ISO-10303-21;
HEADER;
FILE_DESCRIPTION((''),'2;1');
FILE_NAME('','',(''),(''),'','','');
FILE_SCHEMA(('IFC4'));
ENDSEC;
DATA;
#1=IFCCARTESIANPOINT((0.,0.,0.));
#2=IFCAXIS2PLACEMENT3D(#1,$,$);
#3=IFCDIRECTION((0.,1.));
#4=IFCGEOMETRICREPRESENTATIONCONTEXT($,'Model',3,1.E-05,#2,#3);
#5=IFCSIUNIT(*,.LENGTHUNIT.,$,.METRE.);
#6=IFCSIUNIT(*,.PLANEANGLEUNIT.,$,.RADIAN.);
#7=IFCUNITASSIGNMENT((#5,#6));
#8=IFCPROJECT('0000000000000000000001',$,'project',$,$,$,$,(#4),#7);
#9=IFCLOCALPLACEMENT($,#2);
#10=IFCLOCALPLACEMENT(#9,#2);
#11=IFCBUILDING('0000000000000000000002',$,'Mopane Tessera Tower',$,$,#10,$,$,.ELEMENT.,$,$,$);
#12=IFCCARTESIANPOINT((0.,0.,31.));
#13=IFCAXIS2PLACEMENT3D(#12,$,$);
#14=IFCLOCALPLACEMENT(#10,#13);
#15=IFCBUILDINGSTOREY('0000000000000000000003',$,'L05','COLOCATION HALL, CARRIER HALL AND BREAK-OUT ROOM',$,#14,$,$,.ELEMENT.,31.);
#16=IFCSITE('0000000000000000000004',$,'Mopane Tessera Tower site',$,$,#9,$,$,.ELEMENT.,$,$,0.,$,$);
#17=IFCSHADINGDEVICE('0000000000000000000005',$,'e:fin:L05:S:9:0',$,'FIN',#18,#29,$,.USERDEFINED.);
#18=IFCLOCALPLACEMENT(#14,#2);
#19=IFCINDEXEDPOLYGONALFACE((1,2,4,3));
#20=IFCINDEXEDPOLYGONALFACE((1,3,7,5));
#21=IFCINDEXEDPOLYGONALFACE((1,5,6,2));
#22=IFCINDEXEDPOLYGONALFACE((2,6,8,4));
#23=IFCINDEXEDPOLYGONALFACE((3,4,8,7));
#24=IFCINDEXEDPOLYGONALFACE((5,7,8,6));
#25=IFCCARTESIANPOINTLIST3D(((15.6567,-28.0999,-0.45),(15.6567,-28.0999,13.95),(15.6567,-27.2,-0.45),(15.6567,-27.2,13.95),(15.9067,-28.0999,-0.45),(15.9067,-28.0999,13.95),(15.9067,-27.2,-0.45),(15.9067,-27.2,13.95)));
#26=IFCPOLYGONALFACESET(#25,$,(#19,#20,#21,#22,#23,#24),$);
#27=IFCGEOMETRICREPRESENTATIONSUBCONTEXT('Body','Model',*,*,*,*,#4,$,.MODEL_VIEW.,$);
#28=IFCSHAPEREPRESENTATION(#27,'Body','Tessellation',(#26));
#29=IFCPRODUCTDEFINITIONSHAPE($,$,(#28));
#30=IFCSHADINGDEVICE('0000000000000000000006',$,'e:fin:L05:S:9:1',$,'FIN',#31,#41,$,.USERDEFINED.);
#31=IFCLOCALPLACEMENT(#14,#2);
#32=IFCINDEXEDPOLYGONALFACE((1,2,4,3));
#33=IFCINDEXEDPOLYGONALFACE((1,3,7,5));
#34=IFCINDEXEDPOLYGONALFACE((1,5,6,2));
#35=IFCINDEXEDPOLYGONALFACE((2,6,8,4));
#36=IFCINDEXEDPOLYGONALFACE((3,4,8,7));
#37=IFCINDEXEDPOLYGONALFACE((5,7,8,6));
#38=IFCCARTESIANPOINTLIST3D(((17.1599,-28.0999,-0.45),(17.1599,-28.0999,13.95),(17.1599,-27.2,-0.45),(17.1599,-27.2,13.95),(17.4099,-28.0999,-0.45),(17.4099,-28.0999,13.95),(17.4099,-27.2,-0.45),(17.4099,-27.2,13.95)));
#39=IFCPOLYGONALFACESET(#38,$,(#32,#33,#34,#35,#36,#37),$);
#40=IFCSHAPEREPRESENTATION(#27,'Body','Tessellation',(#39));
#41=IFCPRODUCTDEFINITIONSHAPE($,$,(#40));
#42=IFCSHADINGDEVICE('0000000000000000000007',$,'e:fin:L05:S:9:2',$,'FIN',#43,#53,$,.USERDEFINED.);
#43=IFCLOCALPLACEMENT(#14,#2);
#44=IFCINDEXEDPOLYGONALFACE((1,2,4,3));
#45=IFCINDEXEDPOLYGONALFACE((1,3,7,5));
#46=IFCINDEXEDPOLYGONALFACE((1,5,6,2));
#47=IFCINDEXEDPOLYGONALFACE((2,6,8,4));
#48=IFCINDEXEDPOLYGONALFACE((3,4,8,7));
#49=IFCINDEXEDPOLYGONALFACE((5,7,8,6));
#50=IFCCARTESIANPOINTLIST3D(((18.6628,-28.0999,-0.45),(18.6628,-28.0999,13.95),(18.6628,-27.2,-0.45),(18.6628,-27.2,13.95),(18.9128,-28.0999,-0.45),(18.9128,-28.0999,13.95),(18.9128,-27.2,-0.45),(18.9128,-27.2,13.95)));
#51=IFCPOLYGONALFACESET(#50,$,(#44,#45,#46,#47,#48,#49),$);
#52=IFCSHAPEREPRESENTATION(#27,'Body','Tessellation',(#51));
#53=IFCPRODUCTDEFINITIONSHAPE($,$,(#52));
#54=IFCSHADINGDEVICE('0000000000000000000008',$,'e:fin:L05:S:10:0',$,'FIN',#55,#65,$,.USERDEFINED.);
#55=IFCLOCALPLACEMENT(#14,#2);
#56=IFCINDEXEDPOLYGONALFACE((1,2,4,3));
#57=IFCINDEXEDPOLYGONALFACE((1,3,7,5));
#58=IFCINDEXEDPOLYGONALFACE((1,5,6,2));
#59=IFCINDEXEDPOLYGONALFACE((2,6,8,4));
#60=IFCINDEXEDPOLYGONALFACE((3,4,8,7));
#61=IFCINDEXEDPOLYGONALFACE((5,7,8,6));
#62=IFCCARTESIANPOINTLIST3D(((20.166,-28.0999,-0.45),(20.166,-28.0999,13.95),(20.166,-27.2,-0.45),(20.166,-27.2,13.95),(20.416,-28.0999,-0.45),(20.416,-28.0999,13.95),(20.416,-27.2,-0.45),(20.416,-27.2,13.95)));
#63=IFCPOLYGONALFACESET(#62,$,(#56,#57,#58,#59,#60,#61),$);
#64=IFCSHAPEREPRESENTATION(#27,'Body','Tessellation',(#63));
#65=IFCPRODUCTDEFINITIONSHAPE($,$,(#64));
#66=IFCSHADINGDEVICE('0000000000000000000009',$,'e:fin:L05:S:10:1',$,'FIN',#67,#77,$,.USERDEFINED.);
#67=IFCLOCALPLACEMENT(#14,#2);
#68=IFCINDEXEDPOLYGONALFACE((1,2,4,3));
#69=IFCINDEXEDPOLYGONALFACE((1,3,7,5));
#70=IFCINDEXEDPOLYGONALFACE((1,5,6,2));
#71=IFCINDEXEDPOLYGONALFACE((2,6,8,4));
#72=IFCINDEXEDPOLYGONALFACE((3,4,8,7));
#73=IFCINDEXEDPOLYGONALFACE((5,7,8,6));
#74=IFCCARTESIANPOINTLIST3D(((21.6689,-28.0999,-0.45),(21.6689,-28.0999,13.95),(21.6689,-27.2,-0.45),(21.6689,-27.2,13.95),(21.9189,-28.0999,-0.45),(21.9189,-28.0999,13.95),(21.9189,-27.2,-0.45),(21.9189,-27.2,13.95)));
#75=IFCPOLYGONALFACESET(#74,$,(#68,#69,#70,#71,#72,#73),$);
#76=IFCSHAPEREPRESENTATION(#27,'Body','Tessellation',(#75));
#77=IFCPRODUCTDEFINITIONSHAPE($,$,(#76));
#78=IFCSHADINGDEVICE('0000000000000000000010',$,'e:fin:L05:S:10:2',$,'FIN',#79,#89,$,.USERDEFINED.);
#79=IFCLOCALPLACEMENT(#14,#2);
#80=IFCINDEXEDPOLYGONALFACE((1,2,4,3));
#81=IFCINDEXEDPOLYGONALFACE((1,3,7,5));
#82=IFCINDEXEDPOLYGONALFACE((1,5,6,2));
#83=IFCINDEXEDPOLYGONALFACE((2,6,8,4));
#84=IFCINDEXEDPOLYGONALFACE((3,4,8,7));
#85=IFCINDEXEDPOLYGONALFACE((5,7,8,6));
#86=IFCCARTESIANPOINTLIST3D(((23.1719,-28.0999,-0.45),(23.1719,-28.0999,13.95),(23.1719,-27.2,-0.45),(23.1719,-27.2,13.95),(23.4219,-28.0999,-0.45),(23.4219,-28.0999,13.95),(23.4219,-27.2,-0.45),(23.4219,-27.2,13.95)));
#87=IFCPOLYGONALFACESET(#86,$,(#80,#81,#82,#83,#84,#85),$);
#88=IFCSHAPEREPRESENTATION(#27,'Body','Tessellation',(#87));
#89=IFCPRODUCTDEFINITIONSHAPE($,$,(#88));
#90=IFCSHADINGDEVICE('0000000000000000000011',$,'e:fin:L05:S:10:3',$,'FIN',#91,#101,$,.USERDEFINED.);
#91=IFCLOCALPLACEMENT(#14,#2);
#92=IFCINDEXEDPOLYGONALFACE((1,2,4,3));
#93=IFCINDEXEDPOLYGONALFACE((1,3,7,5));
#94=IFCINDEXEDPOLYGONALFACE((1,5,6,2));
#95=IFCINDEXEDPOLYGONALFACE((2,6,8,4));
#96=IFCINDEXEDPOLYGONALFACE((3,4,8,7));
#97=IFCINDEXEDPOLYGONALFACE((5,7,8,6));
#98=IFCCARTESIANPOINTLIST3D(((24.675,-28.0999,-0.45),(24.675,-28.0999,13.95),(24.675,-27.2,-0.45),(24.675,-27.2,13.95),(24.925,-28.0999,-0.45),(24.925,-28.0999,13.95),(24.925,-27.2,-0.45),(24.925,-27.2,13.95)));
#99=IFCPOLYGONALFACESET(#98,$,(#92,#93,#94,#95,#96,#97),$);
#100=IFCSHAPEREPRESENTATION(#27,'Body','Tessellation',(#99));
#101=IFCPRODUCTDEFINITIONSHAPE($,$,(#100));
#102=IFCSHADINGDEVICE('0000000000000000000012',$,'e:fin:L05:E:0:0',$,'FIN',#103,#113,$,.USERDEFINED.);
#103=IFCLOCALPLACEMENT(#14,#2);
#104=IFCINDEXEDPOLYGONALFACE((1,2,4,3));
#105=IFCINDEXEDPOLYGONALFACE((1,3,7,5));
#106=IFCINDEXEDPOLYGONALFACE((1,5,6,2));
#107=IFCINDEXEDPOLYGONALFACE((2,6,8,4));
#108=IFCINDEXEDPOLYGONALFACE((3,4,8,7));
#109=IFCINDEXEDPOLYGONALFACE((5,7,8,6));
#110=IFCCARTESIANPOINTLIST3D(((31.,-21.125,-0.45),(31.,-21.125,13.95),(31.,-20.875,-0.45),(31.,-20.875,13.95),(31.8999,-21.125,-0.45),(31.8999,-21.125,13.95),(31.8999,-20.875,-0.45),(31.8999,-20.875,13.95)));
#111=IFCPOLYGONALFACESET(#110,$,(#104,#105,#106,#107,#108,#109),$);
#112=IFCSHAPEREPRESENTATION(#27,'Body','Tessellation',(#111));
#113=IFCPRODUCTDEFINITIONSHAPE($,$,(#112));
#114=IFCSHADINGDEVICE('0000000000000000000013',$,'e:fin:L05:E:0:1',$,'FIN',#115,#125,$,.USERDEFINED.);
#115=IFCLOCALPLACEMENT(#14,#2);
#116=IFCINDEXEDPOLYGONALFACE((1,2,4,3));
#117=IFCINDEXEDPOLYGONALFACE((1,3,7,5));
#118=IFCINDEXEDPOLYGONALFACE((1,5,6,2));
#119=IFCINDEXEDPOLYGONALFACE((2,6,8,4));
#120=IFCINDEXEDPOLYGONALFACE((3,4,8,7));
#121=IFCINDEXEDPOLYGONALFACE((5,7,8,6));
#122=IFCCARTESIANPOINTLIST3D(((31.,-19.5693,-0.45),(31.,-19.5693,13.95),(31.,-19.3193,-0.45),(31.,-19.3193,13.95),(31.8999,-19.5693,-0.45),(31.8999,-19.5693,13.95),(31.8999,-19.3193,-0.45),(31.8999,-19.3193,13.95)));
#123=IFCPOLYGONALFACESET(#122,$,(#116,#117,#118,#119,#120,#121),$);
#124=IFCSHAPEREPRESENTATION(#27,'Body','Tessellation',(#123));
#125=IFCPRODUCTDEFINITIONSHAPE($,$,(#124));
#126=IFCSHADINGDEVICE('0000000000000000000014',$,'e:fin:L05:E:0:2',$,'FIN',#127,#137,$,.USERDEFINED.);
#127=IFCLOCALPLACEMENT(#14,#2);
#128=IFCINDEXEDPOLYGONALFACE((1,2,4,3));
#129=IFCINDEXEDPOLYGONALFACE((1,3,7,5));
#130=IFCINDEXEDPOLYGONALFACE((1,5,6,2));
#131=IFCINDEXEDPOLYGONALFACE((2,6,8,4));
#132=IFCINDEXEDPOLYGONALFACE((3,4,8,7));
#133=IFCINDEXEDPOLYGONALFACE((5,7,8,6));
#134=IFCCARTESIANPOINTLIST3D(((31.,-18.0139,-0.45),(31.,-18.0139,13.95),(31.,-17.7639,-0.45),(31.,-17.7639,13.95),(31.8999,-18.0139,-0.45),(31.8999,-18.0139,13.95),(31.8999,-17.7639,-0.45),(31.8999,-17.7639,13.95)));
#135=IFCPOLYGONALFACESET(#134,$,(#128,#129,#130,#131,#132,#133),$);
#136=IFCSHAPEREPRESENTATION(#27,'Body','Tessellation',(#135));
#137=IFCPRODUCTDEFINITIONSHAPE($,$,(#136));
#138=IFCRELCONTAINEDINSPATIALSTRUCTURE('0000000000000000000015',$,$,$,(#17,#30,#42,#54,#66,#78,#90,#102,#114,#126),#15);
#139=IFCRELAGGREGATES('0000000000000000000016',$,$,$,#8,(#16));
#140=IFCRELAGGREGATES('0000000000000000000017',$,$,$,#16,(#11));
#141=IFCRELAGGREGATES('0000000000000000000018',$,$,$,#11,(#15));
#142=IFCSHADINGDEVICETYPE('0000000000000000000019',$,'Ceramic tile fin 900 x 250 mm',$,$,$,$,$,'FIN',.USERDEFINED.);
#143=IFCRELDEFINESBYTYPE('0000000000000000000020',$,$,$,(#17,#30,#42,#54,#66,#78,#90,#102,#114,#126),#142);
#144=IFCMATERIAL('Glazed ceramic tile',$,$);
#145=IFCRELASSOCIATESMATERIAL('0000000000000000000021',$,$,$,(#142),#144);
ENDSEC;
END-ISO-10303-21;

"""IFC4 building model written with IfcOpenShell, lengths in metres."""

from ifc_helpers import new_model, si_unit, direction, frame, origin, origin_2d, place, context, subcontext, project, spatial, rectangle, extrude, material, type_object, element, save


model = new_model("IFC4")

# Units and contexts
model_context = context("Model", 3, precision=1e-05, world=origin(), true_north=direction((0.0, 1.0)))
body_context = subcontext(model_context, "Body", "Model", "MODEL_VIEW")
ifc_project = project(units=[si_unit("LENGTHUNIT", "METRE"), si_unit("PLANEANGLEUNIT", "RADIAN")], contexts=[model_context])

# Site, building, storey
site_placement = place(None, origin())
site = spatial("IfcSite", under=ifc_project, at=site_placement, Name="Mopane Tessera Tower site", CompositionType="ELEMENT", RefElevation=0.0)
building_placement = place(site_placement, origin())
building = spatial("IfcBuilding", under=site, at=building_placement, Name="Mopane Tessera Tower", CompositionType="ELEMENT")
storey_placement = place(building_placement, frame((0.0, 0.0, 31.0)))
storey = spatial("IfcBuildingStorey", under=building, at=storey_placement, Name="L05", Description="COLOCATION HALL, CARRIER HALL AND BREAK-OUT ROOM", CompositionType="ELEMENT", Elevation=31.0)

# Shading devices
ifc_material_1 = material(Name="Glazed ceramic tile")
shading_device_type = type_object("IfcShadingDeviceType", Name="Ceramic tile fin 900 x 250 mm", ElementType="FIN", PredefinedType="USERDEFINED", material=ifc_material_1)
for number, where, z_axis, x_axis, name in (
    (1, (15.7817, -27.6499, -0.45), (0.0, 0.0, 1.0), (1.0, 0.0, 0.0), "e:fin:L05:S:9:0"),
    (2, (17.2849, -27.6499, -0.45), (0.0, 0.0, 1.0), (1.0, 0.0, 0.0), "e:fin:L05:S:9:1"),
    (3, (18.7878, -27.6499, -0.45), (0.0, 0.0, 1.0), (1.0, 0.0, 0.0), "e:fin:L05:S:9:2"),
    (4, (20.291, -27.6499, -0.45), (0.0, 0.0, 1.0), (1.0, 0.0, 0.0), "e:fin:L05:S:10:0"),
    (5, (21.7939, -27.6499, -0.45), (0.0, 0.0, 1.0), (1.0, 0.0, 0.0), "e:fin:L05:S:10:1"),
    (6, (23.2969, -27.6499, -0.45), (0.0, 0.0, 1.0), (1.0, 0.0, 0.0), "e:fin:L05:S:10:2"),
    (7, (24.8, -27.6499, -0.45), (0.0, 0.0, 1.0), (1.0, 0.0, 0.0), "e:fin:L05:S:10:3"),
    (8, (31.45, -21.0, -0.45), (0.0, 0.0, 1.0), (0.0, 1.0, 0.0), "e:fin:L05:E:0:0"),
    (9, (31.45, -19.4443, -0.45), (0.0, 0.0, 1.0), (0.0, 1.0, 0.0), "e:fin:L05:E:0:1"),
    (10, (31.45, -17.8889, -0.45), (0.0, 0.0, 1.0), (0.0, 1.0, 0.0), "e:fin:L05:E:0:2"),
):
    element("IfcShadingDevice", number, at=place(storey_placement, frame(where, z_axis=z_axis, x_axis=x_axis)), inside=storey, type_object=shading_device_type, Name=name, ObjectType="FIN", PredefinedType="USERDEFINED", context=body_context, shape_type="SweptSolid", body=[
        extrude(rectangle(XDim=0.25, YDim=0.8999, at=origin_2d()), origin(), (0.0, 0.0, 1.0), 14.3999),
    ])

save(model, "model.ifc")
